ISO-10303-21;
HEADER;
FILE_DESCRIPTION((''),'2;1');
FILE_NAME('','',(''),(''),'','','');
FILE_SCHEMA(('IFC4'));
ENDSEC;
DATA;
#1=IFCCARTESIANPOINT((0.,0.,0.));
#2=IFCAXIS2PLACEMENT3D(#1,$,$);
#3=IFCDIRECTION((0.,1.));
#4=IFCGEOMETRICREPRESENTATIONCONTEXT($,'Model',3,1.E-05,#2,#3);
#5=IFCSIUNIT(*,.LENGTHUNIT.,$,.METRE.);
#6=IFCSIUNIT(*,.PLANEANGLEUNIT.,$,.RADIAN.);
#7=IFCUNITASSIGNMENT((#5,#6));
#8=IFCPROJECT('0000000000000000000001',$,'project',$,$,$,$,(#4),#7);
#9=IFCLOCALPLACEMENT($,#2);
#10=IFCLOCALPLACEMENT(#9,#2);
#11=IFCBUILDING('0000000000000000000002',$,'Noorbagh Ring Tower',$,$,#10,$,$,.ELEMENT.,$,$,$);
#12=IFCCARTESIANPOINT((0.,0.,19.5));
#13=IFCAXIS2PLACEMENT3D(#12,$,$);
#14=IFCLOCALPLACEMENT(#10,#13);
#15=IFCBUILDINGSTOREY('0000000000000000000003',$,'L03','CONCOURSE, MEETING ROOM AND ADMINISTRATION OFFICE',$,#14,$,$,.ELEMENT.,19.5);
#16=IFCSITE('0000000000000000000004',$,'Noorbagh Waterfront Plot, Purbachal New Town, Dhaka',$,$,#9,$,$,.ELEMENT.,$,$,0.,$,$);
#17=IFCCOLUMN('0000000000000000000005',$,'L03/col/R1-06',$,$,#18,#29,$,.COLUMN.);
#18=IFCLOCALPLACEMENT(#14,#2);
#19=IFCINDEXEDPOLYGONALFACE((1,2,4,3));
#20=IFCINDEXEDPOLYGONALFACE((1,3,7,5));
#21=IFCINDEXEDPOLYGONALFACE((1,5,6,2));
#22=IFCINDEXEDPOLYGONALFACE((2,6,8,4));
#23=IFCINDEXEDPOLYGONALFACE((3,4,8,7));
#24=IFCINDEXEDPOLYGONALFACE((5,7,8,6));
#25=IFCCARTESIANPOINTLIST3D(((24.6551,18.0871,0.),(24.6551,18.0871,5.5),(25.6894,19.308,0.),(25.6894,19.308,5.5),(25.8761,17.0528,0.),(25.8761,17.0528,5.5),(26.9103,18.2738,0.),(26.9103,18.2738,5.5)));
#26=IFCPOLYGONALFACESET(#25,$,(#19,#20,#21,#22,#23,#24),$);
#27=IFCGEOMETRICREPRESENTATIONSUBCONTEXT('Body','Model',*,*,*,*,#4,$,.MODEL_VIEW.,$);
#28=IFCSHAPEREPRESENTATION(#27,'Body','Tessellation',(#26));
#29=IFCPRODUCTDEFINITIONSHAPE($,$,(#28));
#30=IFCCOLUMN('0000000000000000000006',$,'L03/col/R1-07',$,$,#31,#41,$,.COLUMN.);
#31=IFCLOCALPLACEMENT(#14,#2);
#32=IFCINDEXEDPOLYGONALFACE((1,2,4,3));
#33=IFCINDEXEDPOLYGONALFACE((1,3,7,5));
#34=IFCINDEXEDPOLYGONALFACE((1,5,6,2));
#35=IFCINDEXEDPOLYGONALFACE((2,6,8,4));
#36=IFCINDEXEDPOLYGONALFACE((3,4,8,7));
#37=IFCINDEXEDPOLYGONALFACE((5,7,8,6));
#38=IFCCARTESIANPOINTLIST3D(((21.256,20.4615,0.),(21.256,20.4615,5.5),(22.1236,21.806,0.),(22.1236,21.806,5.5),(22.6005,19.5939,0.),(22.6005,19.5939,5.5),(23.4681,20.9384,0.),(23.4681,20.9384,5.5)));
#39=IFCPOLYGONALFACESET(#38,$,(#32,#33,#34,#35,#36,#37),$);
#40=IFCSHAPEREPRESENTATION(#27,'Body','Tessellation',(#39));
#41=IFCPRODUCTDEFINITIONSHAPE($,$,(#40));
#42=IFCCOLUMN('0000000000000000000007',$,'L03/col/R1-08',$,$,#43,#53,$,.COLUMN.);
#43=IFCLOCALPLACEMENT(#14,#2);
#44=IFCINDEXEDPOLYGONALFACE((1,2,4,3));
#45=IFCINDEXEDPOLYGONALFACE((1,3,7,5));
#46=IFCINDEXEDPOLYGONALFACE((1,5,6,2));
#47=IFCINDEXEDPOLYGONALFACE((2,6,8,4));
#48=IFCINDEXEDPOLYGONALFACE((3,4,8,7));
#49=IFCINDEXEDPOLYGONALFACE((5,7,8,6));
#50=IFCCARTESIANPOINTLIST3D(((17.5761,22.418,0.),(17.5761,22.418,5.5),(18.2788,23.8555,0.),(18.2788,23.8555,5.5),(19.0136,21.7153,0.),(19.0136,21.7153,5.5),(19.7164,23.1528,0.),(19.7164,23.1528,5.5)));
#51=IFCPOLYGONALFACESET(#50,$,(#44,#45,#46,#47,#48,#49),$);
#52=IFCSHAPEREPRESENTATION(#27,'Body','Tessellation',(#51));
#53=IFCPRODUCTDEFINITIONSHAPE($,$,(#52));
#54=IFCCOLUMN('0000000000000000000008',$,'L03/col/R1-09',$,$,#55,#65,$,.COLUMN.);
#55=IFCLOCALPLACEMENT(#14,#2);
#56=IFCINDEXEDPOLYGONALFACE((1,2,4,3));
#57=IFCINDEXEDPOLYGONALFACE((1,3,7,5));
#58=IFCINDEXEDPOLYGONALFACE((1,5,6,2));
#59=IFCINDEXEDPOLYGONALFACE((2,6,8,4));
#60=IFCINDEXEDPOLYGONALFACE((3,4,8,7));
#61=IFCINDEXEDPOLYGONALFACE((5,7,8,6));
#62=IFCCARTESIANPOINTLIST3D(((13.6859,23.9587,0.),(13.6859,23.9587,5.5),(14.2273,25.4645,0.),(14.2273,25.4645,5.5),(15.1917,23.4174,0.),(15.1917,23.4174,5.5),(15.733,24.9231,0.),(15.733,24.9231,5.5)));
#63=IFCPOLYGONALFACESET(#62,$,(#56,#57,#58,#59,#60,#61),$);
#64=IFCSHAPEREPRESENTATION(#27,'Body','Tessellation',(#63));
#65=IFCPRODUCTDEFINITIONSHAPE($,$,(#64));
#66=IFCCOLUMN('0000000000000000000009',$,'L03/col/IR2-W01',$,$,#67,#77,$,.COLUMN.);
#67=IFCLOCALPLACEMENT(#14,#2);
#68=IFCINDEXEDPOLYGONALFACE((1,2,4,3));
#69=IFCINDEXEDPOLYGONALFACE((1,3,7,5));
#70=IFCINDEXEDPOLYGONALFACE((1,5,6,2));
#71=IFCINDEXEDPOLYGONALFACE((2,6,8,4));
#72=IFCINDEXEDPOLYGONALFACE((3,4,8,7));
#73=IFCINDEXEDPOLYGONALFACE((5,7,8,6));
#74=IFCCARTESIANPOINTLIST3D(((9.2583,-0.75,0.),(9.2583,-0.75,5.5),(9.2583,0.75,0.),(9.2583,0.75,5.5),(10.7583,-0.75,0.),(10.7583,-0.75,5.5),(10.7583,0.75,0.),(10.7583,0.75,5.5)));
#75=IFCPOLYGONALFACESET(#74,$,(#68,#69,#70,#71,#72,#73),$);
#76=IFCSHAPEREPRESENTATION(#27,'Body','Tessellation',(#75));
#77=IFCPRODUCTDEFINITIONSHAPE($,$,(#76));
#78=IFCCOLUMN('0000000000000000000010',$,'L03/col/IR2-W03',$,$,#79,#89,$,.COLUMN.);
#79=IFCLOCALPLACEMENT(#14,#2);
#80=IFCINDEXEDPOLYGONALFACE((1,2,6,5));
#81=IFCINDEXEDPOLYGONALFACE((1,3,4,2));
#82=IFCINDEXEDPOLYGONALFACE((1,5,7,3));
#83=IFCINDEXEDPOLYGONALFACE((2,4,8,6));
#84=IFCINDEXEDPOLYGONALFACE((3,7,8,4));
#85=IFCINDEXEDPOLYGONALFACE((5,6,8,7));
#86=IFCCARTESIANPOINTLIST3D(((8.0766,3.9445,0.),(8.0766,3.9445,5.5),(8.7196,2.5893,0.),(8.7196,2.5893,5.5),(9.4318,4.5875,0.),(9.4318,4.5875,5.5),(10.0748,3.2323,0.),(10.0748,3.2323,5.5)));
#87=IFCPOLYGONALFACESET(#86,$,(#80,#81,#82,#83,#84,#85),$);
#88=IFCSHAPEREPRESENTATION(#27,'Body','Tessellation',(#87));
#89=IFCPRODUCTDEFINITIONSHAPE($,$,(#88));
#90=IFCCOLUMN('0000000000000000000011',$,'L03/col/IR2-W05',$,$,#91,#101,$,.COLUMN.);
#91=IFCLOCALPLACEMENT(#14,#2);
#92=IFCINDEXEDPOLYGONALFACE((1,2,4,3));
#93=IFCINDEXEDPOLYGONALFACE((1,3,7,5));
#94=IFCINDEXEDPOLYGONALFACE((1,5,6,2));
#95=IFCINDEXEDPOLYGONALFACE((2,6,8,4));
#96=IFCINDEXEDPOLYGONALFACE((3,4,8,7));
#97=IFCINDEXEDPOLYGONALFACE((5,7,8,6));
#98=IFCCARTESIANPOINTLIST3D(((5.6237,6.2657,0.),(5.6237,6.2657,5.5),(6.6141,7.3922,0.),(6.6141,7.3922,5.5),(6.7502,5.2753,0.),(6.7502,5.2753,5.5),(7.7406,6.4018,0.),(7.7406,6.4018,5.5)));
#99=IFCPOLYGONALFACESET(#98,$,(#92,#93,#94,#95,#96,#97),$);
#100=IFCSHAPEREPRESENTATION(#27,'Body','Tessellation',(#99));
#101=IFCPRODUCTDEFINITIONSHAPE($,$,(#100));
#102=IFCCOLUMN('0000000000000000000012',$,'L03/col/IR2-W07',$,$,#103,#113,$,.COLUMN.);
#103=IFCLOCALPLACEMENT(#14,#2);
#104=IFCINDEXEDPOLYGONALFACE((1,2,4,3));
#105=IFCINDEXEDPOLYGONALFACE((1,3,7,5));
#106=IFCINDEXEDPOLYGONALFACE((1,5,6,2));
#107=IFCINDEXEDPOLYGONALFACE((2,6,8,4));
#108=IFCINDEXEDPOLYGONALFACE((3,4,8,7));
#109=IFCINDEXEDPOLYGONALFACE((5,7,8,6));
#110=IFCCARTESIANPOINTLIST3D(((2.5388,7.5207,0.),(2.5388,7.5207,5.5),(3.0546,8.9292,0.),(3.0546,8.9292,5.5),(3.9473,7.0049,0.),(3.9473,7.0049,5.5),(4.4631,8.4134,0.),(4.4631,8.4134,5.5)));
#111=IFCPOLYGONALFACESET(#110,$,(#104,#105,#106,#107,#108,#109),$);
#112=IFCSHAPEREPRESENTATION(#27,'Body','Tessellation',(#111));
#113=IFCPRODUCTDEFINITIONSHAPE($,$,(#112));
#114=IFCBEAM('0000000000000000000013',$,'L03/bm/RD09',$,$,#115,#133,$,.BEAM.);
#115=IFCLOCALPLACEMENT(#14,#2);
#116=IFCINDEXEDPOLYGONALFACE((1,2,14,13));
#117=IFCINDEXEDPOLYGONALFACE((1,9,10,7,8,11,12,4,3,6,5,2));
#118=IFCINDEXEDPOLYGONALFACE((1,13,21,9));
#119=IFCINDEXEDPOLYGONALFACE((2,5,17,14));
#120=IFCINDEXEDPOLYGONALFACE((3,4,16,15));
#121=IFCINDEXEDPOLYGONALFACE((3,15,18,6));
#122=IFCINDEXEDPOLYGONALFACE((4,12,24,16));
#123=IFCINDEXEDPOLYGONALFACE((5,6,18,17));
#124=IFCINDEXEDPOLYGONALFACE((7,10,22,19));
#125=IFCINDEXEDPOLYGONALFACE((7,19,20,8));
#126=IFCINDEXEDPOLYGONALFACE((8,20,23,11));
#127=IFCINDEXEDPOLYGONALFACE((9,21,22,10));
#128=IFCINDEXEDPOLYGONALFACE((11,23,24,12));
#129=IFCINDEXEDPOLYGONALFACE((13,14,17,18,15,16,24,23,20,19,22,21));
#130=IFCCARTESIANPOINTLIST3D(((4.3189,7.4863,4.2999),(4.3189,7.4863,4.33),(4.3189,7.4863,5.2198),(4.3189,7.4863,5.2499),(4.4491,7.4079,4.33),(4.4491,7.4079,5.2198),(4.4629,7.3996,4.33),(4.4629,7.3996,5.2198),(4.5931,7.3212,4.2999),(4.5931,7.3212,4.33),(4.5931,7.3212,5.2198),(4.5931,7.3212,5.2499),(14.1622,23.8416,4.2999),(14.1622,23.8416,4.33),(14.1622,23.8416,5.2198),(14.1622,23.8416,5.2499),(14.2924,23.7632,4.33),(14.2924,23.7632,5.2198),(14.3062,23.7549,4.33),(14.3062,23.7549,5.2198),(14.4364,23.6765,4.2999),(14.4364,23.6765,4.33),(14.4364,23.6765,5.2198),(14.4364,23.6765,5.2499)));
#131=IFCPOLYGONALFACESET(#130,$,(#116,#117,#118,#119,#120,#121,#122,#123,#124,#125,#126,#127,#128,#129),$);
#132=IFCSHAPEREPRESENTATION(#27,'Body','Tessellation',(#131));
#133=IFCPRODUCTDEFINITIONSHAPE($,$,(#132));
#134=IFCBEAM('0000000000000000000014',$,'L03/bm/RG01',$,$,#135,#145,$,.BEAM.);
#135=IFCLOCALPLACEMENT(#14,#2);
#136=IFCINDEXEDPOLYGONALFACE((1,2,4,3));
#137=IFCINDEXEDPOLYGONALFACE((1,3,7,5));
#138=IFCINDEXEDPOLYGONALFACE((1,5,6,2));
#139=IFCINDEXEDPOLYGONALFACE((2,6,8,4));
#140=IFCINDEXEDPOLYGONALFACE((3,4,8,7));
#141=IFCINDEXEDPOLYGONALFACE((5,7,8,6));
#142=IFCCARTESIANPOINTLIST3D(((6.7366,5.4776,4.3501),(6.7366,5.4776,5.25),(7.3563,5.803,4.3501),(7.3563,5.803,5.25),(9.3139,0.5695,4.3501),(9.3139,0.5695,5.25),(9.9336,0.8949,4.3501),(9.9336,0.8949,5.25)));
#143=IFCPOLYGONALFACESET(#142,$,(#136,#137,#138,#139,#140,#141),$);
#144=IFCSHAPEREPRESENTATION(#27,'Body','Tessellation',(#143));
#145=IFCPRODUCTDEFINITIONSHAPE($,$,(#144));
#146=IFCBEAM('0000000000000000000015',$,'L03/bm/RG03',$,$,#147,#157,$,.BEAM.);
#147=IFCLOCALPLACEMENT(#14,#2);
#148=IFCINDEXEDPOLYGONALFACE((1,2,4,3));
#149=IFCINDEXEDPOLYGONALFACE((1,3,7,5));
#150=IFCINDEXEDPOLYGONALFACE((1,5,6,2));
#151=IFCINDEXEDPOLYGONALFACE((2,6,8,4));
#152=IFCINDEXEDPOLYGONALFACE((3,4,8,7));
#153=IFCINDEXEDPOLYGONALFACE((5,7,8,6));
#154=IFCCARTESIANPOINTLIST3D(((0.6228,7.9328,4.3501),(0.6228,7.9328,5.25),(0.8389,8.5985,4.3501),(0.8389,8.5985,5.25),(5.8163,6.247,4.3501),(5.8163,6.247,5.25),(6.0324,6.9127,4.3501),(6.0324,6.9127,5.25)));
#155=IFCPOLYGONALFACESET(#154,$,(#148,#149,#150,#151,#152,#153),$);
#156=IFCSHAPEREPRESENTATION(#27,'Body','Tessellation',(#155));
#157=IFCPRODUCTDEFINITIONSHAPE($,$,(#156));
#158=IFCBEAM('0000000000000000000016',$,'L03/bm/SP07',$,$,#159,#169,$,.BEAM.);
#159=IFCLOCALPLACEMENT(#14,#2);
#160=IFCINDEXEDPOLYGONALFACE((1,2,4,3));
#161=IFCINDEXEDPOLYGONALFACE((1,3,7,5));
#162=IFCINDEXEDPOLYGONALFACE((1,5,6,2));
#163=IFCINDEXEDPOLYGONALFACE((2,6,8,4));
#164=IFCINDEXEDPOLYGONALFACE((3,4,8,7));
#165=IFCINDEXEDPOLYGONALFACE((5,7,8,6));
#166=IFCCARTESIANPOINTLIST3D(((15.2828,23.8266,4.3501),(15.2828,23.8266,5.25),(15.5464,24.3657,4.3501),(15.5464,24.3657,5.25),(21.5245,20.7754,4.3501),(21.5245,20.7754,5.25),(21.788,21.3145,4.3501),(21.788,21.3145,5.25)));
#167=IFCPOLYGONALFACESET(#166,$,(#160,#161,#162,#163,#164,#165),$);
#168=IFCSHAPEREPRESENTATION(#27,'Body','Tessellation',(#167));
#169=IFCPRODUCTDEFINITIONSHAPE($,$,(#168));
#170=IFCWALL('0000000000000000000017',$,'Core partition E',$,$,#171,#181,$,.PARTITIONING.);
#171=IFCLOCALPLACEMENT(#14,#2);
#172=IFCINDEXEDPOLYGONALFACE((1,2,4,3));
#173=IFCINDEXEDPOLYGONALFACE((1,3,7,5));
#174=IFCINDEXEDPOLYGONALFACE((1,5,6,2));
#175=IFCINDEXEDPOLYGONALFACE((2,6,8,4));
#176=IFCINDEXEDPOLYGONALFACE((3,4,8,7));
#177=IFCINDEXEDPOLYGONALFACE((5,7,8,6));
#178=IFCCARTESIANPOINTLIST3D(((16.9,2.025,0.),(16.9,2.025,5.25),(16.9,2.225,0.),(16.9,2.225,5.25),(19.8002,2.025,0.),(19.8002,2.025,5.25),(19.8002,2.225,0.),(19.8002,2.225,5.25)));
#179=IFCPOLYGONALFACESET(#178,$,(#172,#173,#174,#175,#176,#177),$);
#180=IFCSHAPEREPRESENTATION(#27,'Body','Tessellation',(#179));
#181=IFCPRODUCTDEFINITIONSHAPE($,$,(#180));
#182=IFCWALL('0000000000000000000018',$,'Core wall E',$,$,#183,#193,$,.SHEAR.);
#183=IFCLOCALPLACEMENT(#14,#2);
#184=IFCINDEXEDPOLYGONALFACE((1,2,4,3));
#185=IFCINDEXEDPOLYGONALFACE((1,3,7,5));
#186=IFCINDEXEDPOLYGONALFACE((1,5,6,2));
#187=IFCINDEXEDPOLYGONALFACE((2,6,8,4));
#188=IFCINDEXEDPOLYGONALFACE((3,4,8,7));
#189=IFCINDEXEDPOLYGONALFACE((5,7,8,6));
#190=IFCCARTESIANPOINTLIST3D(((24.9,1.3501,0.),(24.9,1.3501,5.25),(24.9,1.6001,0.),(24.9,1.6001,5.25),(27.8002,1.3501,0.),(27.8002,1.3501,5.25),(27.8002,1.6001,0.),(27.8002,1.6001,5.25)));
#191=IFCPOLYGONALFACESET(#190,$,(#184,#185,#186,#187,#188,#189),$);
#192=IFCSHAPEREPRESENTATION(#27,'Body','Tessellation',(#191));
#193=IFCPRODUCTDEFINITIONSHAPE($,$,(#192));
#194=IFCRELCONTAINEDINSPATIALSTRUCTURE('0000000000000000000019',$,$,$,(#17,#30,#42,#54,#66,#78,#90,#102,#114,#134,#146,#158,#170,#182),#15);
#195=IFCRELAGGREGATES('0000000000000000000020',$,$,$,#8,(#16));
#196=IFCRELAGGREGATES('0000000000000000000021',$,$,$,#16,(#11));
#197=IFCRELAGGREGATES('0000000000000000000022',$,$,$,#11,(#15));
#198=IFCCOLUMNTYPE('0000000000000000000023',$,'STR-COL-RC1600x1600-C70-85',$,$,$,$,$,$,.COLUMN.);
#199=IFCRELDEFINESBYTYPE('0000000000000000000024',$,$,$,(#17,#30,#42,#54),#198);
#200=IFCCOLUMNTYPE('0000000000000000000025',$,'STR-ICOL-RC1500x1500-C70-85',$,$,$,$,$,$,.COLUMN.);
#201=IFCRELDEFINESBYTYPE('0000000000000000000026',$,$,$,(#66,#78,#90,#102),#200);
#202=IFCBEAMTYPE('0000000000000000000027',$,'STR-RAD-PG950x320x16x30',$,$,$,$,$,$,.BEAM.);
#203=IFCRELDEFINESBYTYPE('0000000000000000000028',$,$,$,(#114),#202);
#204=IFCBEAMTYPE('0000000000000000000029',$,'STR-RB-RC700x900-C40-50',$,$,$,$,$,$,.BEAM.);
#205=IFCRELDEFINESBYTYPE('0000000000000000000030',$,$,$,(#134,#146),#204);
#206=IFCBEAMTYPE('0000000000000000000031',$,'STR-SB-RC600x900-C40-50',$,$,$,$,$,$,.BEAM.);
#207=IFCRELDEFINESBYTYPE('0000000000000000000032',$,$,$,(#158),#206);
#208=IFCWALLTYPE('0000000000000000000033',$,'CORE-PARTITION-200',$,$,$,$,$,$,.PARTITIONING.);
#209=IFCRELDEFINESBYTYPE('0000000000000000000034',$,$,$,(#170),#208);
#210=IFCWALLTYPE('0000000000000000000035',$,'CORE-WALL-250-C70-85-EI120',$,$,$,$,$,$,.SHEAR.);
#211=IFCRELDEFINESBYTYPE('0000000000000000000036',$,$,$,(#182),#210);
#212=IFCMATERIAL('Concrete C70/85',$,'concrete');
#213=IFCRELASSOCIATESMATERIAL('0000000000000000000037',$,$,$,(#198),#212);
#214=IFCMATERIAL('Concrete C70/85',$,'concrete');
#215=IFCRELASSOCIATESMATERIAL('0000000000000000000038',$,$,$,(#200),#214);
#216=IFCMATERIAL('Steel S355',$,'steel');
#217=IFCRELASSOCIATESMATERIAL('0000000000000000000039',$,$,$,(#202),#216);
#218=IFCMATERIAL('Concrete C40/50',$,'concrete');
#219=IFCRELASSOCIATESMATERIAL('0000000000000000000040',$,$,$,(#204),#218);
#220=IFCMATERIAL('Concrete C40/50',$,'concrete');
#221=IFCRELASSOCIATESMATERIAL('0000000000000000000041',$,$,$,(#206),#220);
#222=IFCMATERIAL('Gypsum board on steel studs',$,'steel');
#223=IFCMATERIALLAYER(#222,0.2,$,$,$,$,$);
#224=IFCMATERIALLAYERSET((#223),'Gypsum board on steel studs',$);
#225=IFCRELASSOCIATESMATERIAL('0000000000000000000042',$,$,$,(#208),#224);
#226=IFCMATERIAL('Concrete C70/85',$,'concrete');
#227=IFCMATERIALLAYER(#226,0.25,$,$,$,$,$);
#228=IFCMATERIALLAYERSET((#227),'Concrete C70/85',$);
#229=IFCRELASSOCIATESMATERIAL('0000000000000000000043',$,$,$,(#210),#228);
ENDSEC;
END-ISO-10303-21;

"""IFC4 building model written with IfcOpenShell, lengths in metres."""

from ifc_helpers import new_model, si_unit, direction, frame, frame_2d, origin, origin_2d, place, context, subcontext, project, spatial, rectangle, i_section, extrude, material, layer, layer_set, material_profile, profile_set, type_object, element, save


model = new_model("IFC4")

# Units and contexts
model_context = context("Model", 3, precision=1e-05, world=origin(), true_north=direction((0.0, 1.0)))
body_context = subcontext(model_context, "Body", "Model", "MODEL_VIEW")
ifc_project = project(units=[si_unit("LENGTHUNIT", "METRE"), si_unit("PLANEANGLEUNIT", "RADIAN")], contexts=[model_context])

# Site, building, storey
site_placement = place(None, origin())
site = spatial("IfcSite", under=ifc_project, at=site_placement, Name="Noorbagh Waterfront Plot, Purbachal New Town, Dhaka", CompositionType="ELEMENT", RefElevation=0.0)
building_placement = place(site_placement, origin())
building = spatial("IfcBuilding", under=site, at=building_placement, Name="Noorbagh Ring Tower", CompositionType="ELEMENT")
storey_placement = place(building_placement, frame((0.0, 0.0, 19.5)))
storey = spatial("IfcBuildingStorey", under=building, at=storey_placement, Name="L03", Description="CONCOURSE, MEETING ROOM AND ADMINISTRATION OFFICE", CompositionType="ELEMENT", Elevation=19.5)

# Columns
ifc_material_1 = material(Name="Concrete C70/85", Category="concrete")
ifc_material_profile_1 = material_profile(ifc_material_1, rectangle(XDim=1.6001, YDim=1.6001, at=origin_2d()), Name="RC1600x1600")
ifc_profile_set_1 = profile_set([ifc_material_profile_1], Name="Concrete C70/85")
column_type_1 = type_object("IfcColumnType", Name="STR-COL-RC1600x1600-C70-85", PredefinedType="COLUMN", material=ifc_profile_set_1)
for number, where, z_axis, x_axis, name in (
    (1, (25.7827, 18.1804, 0.0), (0.0, 0.0, 1.0), (-0.763035, 0.646357, 0.0), "L03/col/R1-06"),
    (2, (22.3621, 20.7, 0.0), (0.0, 0.0, 1.0), (-0.840248, 0.542203, 0.0), "L03/col/R1-07"),
    (3, (18.6462, 22.7854, 0.0), (0.0, 0.0, 1.0), (-0.898399, 0.43918, 0.0), "L03/col/R1-08"),
    (4, (14.7095, 24.4409, 0.0), (0.0, 0.0, 1.0), (-0.941025, 0.338338, 0.0), "L03/col/R1-09"),
):
    element("IfcColumn", number, at=place(storey_placement, frame(where, z_axis=z_axis, x_axis=x_axis)), inside=storey, type_object=column_type_1, Name=name, PredefinedType="COLUMN", context=body_context, shape_type="SweptSolid", body=[
        extrude(rectangle(XDim=1.6001, YDim=1.6001, at=origin_2d()), origin(), (0.0, 0.0, 1.0), 5.5),
    ])
ifc_material_2 = material(Name="Concrete C70/85", Category="concrete")
ifc_material_profile_2 = material_profile(ifc_material_2, rectangle(XDim=1.5, YDim=1.5, at=origin_2d()), Name="RC1500x1500")
ifc_profile_set_2 = profile_set([ifc_material_profile_2], Name="Concrete C70/85")
column_type_2 = type_object("IfcColumnType", Name="STR-ICOL-RC1500x1500-C70-85", PredefinedType="COLUMN", material=ifc_profile_set_2)
for number, where, z_axis, x_axis, name in (
    (5, (10.0083, 0.0, 0.0), (0.0, 0.0, 1.0), (0.0, 1.0, 0.0), "L03/col/IR2-W01"),
    (6, (9.0757, 3.5884, 0.0), (0.0, 0.0, 1.0), (-0.428667, 0.903463, 0.0), "L03/col/IR2-W03"),
    (7, (6.6821, 6.3337, 0.0), (0.0, 0.0, 1.0), (-0.751022, 0.660277, 0.0), "L03/col/IR2-W05"),
    (8, (3.501, 7.967, 0.0), (0.0, 0.0, 1.0), (-0.93902, 0.343864, 0.0), "L03/col/IR2-W07"),
):
    element("IfcColumn", number, at=place(storey_placement, frame(where, z_axis=z_axis, x_axis=x_axis)), inside=storey, type_object=column_type_2, Name=name, PredefinedType="COLUMN", context=body_context, shape_type="SweptSolid", body=[
        extrude(rectangle(XDim=1.5, YDim=1.5, at=origin_2d()), origin(), (0.0, 0.0, 1.0), 5.5),
    ])

# Beams
ifc_material_3 = material(Name="Steel S355", Category="steel")
ifc_material_profile_3 = material_profile(ifc_material_3, i_section(OverallWidth=0.3201, OverallDepth=0.95, WebThickness=0.0161, FlangeThickness=0.03, at=origin_2d()), Name="PG950x320x16x30")
ifc_profile_set_3 = profile_set([ifc_material_profile_3], Name="Steel S355")
beam_type_1 = type_object("IfcBeamType", Name="STR-RAD-PG950x320x16x30", PredefinedType="BEAM", material=ifc_profile_set_3)
beam_1_placement = place(storey_placement, frame((14.2993, 23.759, 4.7749), z_axis=(-0.515656, -0.856796, 0.0), x_axis=(0.856796, -0.515656, 0.0)))
element("IfcBeam", 9, at=beam_1_placement, inside=storey, type_object=beam_type_1, Name="L03/bm/RD09", PredefinedType="BEAM", context=body_context, shape_type="SweptSolid", body=[
    extrude(i_section(OverallWidth=0.3201, OverallDepth=0.95, WebThickness=0.0161, FlangeThickness=0.03, at=origin_2d()), origin(), (0.0, 0.0, 1.0), 19.0889),
])
ifc_material_4 = material(Name="Concrete C40/50", Category="concrete")
ifc_material_profile_4 = material_profile(ifc_material_4, rectangle(XDim=0.7, YDim=0.8999, at=origin_2d()), Name="RC700x900")
ifc_profile_set_4 = profile_set([ifc_material_profile_4], Name="Concrete C40/50")
beam_type_2 = type_object("IfcBeamType", Name="STR-RB-RC700x900-C40-50", PredefinedType="BEAM", material=ifc_profile_set_4)
beam_2_placement = place(storey_placement, frame((9.6238, 0.7322, 4.8), z_axis=(-0.464917, 0.885354, 0.0), x_axis=(-0.885354, -0.464917, 0.0)))
element("IfcBeam", 10, at=beam_2_placement, inside=storey, type_object=beam_type_2, Name="L03/bm/RG01", PredefinedType="BEAM", context=body_context, shape_type="SweptSolid", body=[
    extrude(rectangle(XDim=0.7, YDim=0.8999, at=origin_2d()), origin(), (0.0, 0.0, 1.0), 5.5437),
])
beam_3_placement = place(storey_placement, frame((5.9243, 6.5798, 4.8), z_axis=(-0.951144, 0.308746, 0.0), x_axis=(-0.308746, -0.951144, 0.0)))
element("IfcBeam", 11, at=beam_3_placement, inside=storey, type_object=beam_type_2, Name="L03/bm/RG03", PredefinedType="BEAM", context=body_context, shape_type="SweptSolid", body=[
    extrude(rectangle(XDim=0.7, YDim=0.8999, at=origin_2d()), origin(), (0.0, 0.0, 1.0), 5.4602),
])
ifc_material_5 = material(Name="Concrete C40/50", Category="concrete")
ifc_material_profile_5 = material_profile(ifc_material_5, rectangle(XDim=0.6001, YDim=0.8999, at=origin_2d()), Name="RC600x900")
ifc_profile_set_5 = profile_set([ifc_material_profile_5], Name="Concrete C40/50")
beam_type_3 = type_object("IfcBeamType", Name="STR-SB-RC600x900-C40-50", PredefinedType="BEAM", material=ifc_profile_set_5)
beam_4_placement = place(storey_placement, frame((21.6562, 21.0449, 4.8), z_axis=(-0.898397, 0.439184, 0.0), x_axis=(-0.439184, -0.898397, 0.0)))
element("IfcBeam", 12, at=beam_4_placement, inside=storey, type_object=beam_type_3, Name="L03/bm/SP07", PredefinedType="BEAM", context=body_context, shape_type="SweptSolid", body=[
    extrude(rectangle(XDim=0.6001, YDim=0.8999, at=origin_2d()), origin(), (0.0, 0.0, 1.0), 6.9475),
])

# Walls
ifc_material_6 = material(Name="Gypsum board on steel studs", Category="steel")
ifc_layer_1 = layer(ifc_material_6, 0.2)
ifc_layer_set_1 = layer_set([ifc_layer_1], Name="Gypsum board on steel studs")
wall_type_1 = type_object("IfcWallType", Name="CORE-PARTITION-200", PredefinedType="PARTITIONING", material=ifc_layer_set_1)
wall_1_placement = place(storey_placement, frame((16.8999, 2.125, 0.0), z_axis=(0.0, 0.0, 1.0), x_axis=(1.0, 0.0, 0.0)))
element("IfcWall", 13, at=wall_1_placement, inside=storey, type_object=wall_type_1, Name="Core partition E", PredefinedType="PARTITIONING", context=body_context, shape_type="SweptSolid", body=[
    extrude(rectangle(XDim=2.9001, YDim=0.2, at=frame_2d((1.4502, 0.0))), origin(), (0.0, 0.0, 1.0), 5.25),
])
ifc_material_7 = material(Name="Concrete C70/85", Category="concrete")
ifc_layer_2 = layer(ifc_material_7, 0.25)
ifc_layer_set_2 = layer_set([ifc_layer_2], Name="Concrete C70/85")
wall_type_2 = type_object("IfcWallType", Name="CORE-WALL-250-C70-85-EI120", PredefinedType="SHEAR", material=ifc_layer_set_2)
wall_2_placement = place(storey_placement, frame((24.8999, 1.4751, 0.0), z_axis=(0.0, 0.0, 1.0), x_axis=(1.0, 0.0, 0.0)))
element("IfcWall", 14, at=wall_2_placement, inside=storey, type_object=wall_type_2, Name="Core wall E", PredefinedType="SHEAR", context=body_context, shape_type="SweptSolid", body=[
    extrude(rectangle(XDim=2.9001, YDim=0.25, at=frame_2d((1.4502, 0.0))), origin(), (0.0, 0.0, 1.0), 5.25),
])

save(model, "model.ifc")
